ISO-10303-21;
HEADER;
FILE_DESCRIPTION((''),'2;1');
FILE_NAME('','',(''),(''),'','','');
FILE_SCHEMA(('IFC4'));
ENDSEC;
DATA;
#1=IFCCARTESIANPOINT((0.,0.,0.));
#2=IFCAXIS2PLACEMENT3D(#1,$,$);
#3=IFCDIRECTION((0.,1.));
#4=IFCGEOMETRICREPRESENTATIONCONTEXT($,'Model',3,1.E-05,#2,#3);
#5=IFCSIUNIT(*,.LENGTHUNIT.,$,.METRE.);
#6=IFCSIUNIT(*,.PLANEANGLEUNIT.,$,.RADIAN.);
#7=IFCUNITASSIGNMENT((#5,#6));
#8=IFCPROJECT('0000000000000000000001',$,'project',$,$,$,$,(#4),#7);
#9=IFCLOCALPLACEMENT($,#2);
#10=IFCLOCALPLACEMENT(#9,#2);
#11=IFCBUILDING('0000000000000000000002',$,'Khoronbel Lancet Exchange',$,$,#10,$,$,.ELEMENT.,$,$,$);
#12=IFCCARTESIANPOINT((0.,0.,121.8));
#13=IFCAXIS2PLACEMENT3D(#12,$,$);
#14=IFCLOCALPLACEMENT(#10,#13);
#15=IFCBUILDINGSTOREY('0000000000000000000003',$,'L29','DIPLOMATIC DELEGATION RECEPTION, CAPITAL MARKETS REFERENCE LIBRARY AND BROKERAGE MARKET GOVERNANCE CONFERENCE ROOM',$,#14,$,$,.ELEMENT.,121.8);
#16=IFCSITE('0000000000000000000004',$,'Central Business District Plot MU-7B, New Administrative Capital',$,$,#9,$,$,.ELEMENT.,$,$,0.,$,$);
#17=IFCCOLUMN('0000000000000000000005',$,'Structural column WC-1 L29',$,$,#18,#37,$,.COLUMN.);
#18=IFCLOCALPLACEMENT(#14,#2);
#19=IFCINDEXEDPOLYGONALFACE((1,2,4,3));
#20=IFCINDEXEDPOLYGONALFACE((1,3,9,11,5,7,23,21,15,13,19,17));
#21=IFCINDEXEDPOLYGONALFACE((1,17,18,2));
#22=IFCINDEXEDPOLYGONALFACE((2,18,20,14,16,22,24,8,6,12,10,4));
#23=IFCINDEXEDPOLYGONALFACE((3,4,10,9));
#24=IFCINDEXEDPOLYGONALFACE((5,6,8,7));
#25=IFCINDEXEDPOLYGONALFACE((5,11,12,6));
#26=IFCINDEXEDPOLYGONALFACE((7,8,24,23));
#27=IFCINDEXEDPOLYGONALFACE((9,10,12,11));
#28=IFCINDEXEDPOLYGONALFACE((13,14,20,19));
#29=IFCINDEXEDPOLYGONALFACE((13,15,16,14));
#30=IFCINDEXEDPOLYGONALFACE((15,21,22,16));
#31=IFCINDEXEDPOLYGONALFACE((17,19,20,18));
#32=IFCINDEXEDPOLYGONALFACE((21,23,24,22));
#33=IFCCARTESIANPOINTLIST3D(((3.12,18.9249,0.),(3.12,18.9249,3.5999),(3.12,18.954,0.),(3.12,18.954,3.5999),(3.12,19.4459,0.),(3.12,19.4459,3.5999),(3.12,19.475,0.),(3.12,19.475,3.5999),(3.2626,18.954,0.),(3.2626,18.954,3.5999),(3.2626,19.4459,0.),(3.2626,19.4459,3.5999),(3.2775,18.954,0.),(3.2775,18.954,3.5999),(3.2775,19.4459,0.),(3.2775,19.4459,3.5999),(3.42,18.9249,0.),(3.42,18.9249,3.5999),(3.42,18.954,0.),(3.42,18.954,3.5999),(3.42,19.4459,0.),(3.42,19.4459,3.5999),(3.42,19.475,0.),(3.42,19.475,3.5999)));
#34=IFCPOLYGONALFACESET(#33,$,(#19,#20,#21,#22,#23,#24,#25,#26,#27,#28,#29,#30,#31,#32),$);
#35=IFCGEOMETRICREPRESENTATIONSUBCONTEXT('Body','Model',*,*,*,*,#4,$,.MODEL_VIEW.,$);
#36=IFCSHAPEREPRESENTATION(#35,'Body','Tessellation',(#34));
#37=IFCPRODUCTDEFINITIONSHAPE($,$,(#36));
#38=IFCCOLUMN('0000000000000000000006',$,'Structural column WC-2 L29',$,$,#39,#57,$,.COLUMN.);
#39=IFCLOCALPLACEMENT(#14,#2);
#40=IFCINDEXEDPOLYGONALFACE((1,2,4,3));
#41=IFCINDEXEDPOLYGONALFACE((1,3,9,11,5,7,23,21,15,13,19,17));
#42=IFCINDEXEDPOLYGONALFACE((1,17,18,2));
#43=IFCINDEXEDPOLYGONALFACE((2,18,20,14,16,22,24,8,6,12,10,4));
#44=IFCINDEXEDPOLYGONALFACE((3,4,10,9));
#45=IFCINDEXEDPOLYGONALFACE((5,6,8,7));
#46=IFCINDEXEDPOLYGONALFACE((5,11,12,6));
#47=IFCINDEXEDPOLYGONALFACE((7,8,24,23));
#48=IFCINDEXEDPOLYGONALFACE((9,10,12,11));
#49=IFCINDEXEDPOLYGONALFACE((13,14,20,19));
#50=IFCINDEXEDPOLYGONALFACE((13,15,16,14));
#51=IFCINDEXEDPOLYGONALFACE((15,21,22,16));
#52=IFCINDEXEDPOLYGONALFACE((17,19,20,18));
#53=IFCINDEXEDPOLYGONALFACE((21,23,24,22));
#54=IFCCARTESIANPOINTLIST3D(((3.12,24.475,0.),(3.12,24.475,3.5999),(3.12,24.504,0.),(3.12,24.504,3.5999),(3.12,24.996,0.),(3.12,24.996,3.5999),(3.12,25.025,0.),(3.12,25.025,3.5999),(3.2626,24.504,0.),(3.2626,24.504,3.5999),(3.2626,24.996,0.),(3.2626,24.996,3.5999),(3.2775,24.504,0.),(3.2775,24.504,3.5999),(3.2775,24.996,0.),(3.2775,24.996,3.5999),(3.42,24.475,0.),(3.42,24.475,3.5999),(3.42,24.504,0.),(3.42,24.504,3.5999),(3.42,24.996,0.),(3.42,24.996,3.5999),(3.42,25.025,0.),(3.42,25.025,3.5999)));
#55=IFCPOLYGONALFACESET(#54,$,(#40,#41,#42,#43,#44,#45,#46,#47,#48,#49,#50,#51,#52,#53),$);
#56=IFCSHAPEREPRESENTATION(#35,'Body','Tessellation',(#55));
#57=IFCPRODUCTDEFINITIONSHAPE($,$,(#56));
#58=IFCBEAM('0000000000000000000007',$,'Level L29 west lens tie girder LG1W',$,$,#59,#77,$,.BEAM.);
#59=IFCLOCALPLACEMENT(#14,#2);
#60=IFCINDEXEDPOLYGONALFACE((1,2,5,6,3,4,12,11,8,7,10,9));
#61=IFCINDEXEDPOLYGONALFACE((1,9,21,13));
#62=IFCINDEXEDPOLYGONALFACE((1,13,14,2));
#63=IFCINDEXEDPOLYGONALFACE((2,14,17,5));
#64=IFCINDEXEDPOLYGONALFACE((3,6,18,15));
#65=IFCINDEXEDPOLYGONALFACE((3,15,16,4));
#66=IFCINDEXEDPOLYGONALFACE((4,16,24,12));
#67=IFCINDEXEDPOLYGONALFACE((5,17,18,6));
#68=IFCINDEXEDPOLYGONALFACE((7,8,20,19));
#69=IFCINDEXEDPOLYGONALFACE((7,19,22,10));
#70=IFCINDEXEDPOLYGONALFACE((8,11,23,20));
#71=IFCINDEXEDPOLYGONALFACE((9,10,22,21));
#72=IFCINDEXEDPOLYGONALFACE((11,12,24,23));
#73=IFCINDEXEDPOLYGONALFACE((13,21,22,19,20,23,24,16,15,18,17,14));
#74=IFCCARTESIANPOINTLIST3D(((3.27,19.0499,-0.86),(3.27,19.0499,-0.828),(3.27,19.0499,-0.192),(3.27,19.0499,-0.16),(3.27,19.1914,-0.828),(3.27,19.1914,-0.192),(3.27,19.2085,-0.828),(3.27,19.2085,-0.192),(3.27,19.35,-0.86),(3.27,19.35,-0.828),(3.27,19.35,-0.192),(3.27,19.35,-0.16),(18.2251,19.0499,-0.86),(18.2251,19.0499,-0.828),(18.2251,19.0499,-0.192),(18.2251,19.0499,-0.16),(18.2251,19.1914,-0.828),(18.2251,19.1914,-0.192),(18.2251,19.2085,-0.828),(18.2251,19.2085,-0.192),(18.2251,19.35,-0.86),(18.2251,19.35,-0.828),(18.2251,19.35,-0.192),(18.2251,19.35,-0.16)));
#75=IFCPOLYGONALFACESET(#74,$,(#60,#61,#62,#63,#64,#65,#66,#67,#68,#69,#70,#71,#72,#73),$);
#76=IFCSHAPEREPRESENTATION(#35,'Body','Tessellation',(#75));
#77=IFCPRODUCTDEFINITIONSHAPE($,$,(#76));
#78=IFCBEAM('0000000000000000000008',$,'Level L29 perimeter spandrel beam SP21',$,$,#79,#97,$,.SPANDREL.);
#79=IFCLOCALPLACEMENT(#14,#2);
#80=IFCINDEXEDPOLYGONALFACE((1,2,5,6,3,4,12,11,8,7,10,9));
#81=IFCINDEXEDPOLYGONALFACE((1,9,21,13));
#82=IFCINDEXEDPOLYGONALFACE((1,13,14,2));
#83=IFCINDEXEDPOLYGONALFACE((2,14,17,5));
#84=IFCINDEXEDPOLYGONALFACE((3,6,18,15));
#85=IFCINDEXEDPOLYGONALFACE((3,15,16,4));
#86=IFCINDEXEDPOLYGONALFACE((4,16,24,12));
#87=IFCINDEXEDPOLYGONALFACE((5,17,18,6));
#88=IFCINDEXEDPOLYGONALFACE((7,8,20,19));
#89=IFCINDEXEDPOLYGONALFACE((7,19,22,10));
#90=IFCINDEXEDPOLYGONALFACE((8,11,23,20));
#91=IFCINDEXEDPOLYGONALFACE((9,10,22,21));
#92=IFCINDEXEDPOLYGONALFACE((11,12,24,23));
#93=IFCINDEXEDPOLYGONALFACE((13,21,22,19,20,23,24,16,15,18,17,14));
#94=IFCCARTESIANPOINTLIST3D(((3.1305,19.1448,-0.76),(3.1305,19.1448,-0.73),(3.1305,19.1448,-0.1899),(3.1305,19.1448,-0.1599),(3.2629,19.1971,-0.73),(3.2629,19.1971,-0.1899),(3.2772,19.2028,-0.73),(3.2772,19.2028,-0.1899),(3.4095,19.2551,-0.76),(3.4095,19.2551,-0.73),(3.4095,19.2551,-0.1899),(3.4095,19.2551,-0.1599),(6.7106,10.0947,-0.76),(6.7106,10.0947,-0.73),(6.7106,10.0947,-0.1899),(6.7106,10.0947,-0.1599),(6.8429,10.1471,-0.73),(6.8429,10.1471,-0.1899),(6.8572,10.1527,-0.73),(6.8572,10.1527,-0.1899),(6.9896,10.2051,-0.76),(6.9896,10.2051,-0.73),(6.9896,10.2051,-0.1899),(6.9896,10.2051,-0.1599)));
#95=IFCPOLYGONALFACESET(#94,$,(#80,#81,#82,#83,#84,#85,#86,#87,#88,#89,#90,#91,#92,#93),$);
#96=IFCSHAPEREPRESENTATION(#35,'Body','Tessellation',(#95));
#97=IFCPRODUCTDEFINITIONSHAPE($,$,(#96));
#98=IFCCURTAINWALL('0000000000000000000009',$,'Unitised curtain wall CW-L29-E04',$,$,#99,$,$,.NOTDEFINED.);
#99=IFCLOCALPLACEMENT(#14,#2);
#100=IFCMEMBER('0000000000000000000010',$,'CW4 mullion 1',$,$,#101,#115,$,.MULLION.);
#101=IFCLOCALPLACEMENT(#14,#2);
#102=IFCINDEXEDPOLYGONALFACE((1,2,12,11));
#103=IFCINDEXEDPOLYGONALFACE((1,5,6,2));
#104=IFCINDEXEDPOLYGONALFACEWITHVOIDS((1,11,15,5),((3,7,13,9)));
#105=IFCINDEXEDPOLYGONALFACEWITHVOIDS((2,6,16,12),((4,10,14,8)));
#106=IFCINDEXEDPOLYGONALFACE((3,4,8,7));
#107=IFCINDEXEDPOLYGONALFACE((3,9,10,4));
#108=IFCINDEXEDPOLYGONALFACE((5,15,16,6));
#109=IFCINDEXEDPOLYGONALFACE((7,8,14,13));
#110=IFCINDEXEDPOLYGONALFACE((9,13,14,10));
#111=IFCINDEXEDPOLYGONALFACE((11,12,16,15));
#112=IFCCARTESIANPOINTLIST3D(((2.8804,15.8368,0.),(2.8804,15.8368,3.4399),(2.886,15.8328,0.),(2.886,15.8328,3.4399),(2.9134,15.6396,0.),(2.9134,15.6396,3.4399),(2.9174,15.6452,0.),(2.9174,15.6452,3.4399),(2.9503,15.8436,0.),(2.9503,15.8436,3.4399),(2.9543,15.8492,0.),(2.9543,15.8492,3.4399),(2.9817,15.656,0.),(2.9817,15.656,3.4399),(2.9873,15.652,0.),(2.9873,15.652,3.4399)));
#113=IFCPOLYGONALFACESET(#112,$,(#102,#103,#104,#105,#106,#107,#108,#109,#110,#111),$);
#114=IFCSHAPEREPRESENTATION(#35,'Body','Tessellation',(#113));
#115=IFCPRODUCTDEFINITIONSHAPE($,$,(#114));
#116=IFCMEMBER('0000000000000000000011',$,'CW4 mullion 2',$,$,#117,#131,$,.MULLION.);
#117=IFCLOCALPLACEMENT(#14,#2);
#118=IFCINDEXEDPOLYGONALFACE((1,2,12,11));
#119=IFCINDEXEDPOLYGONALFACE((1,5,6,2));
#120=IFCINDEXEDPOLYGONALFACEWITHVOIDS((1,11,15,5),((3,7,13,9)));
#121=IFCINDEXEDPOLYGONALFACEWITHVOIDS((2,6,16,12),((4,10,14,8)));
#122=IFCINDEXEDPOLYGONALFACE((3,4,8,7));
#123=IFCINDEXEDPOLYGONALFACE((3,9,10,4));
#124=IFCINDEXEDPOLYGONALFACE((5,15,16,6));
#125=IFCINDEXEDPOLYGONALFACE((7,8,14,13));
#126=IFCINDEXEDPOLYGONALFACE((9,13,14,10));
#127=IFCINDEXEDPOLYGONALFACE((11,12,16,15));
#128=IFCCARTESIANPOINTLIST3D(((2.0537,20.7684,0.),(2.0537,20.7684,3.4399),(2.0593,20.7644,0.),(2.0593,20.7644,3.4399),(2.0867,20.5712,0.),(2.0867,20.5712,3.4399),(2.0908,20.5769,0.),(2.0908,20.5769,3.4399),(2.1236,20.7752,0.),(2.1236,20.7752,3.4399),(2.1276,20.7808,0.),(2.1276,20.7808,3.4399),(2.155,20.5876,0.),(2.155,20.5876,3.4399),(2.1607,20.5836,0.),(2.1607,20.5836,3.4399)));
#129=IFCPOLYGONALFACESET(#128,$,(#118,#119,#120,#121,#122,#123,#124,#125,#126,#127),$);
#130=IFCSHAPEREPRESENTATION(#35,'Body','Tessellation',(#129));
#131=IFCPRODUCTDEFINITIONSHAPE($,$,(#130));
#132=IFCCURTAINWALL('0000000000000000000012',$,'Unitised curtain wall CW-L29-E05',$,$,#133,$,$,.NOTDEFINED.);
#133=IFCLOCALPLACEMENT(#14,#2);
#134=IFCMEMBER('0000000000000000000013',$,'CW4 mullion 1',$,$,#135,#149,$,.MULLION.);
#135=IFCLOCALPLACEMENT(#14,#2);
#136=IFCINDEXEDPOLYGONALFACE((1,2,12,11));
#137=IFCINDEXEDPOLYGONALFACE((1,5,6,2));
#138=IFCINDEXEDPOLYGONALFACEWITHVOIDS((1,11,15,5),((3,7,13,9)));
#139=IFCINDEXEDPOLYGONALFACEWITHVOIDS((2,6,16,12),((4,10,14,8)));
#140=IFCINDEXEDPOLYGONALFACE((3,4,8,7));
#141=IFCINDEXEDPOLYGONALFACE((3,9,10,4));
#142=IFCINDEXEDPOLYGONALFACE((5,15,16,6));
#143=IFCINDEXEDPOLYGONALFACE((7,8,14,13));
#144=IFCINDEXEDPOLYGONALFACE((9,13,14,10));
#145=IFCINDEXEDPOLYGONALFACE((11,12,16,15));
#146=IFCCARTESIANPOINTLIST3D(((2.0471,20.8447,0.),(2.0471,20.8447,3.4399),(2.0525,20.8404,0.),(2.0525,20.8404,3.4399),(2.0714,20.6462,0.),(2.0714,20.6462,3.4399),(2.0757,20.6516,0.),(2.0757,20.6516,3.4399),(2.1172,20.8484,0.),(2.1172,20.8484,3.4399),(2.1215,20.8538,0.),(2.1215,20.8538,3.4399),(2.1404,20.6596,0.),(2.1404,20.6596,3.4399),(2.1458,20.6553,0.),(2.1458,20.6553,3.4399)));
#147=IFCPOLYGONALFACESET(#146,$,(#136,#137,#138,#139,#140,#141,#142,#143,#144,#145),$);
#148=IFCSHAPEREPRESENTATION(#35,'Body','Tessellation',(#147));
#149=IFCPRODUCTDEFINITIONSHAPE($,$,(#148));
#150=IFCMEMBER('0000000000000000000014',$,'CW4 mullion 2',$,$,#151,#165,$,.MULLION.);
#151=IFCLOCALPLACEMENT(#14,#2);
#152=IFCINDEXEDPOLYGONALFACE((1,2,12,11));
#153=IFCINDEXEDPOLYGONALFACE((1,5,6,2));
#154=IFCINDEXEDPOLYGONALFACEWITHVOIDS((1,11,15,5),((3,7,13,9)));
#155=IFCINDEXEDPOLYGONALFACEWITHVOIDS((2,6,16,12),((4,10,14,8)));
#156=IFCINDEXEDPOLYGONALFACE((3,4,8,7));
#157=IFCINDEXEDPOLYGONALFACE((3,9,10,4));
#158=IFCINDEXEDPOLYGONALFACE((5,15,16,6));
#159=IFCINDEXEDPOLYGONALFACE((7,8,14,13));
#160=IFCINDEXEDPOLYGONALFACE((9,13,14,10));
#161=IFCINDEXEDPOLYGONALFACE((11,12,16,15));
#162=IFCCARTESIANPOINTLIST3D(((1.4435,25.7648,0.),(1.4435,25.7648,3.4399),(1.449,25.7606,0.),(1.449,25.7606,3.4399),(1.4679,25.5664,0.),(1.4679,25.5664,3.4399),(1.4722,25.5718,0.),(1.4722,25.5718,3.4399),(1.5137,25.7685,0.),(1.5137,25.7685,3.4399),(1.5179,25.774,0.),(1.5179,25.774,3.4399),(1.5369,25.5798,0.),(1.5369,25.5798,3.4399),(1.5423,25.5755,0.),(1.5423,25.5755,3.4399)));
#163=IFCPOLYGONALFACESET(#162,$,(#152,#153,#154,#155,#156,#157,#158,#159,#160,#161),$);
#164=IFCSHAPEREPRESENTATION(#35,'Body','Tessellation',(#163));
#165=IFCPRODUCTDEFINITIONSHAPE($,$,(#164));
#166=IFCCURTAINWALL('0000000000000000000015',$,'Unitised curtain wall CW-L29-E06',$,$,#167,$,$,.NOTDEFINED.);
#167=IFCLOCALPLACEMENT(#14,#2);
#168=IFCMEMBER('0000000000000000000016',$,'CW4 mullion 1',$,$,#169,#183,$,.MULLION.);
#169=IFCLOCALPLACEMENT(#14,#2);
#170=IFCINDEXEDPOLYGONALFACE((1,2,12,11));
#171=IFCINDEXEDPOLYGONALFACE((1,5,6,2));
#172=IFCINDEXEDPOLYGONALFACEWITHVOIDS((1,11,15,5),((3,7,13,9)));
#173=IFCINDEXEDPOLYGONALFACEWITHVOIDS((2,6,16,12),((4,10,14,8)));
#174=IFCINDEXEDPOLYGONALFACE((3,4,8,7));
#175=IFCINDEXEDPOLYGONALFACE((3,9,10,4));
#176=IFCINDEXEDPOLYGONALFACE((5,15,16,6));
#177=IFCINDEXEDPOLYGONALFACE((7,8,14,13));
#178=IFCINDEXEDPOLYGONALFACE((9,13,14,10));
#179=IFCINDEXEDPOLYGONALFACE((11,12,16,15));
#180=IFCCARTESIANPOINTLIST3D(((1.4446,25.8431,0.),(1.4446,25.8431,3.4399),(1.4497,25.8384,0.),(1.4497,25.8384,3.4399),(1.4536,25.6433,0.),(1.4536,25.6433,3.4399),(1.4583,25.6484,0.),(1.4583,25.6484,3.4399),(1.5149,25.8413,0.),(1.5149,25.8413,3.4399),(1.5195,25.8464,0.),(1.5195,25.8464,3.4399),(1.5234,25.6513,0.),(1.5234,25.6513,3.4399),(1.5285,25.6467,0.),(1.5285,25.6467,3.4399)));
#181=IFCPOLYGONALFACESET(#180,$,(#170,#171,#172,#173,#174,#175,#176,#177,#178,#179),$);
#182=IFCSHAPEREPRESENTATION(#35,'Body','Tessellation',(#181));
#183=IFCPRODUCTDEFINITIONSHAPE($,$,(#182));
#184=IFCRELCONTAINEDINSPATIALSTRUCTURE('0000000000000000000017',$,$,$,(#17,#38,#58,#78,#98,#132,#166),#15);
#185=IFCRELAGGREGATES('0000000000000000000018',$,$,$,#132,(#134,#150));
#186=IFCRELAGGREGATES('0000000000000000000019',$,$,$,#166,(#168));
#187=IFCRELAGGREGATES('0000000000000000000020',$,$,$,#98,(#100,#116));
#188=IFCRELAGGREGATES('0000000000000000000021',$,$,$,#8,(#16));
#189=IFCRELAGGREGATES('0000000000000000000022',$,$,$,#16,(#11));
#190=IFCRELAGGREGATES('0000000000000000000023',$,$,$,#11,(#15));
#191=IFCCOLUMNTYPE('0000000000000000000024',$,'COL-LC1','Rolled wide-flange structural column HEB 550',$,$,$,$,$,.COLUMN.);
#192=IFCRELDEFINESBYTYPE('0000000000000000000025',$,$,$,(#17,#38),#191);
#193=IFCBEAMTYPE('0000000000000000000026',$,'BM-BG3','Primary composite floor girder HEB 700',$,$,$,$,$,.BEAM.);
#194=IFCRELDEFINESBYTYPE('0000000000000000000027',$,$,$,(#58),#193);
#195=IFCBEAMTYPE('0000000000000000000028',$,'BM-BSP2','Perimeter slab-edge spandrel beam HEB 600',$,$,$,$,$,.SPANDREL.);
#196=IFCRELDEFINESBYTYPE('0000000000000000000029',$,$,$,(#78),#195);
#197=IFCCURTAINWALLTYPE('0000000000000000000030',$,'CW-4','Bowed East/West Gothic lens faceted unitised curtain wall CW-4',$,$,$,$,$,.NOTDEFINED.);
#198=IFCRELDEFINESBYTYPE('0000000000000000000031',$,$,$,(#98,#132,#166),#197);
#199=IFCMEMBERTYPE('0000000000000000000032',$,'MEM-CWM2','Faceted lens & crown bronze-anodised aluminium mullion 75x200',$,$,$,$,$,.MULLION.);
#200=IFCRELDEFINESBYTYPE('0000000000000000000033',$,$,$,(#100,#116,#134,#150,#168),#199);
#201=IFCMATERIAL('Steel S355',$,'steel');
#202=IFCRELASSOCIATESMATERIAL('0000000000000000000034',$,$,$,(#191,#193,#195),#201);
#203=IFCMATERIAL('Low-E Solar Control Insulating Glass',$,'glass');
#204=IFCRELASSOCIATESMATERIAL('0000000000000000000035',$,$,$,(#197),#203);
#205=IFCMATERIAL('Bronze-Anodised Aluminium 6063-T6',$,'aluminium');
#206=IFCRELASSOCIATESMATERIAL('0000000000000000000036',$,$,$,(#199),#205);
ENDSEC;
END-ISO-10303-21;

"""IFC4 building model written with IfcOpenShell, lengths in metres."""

from ifc_helpers import new_model, si_unit, direction, frame, origin, origin_2d, place, context, subcontext, project, spatial, hollow_rectangle, i_section, extrude, material, material_profile, profile_set, type_object, element, aggregate, save


model = new_model("IFC4")

# Units and contexts
model_context = context("Model", 3, precision=1e-05, world=origin(), true_north=direction((0.0, 1.0)))
body_context = subcontext(model_context, "Body", "Model", "MODEL_VIEW")
ifc_project = project(units=[si_unit("LENGTHUNIT", "METRE"), si_unit("PLANEANGLEUNIT", "RADIAN")], contexts=[model_context])

# Site, building, storey
site_placement = place(None, origin())
site = spatial("IfcSite", under=ifc_project, at=site_placement, Name="Central Business District Plot MU-7B, New Administrative Capital", CompositionType="ELEMENT", RefElevation=0.0)
building_placement = place(site_placement, origin())
building = spatial("IfcBuilding", under=site, at=building_placement, Name="Khoronbel Lancet Exchange", CompositionType="ELEMENT")
storey_placement = place(building_placement, frame((0.0, 0.0, 121.8)))
storey = spatial("IfcBuildingStorey", under=building, at=storey_placement, Name="L29", Description="DIPLOMATIC DELEGATION RECEPTION, CAPITAL MARKETS REFERENCE LIBRARY AND BROKERAGE MARKET GOVERNANCE CONFERENCE ROOM", CompositionType="ELEMENT", Elevation=121.8)

# Columns
ifc_material_1 = material(Name="Steel S355", Category="steel")
ifc_material_profile_1 = material_profile(ifc_material_1, i_section(OverallWidth=0.3, OverallDepth=0.55, WebThickness=0.0149, FlangeThickness=0.0291, at=origin_2d()), Name="HEB 550")
ifc_profile_set_1 = profile_set([ifc_material_profile_1], Name="Steel S355")
column_type = type_object("IfcColumnType", Name="COL-LC1", Description="Rolled wide-flange structural column HEB 550", PredefinedType="COLUMN", material=ifc_profile_set_1)
for number, where, z_axis, x_axis, name in (
    (1, (3.27, 19.2, 0.0), (0.0, 0.0, 1.0), (1.0, 0.0, 0.0), "Structural column WC-1 L29"),
    (2, (3.27, 24.75, 0.0), (0.0, 0.0, 1.0), (1.0, 0.0, 0.0), "Structural column WC-2 L29"),
):
    element("IfcColumn", number, at=place(storey_placement, frame(where, z_axis=z_axis, x_axis=x_axis)), inside=storey, type_object=column_type, Name=name, PredefinedType="COLUMN", context=body_context, shape_type="SweptSolid", body=[
        extrude(i_section(OverallWidth=0.3, OverallDepth=0.55, WebThickness=0.0149, FlangeThickness=0.0291, at=origin_2d()), origin(), (0.0, 0.0, 1.0), 3.5999),
    ])

# Beams
ifc_material_profile_2 = material_profile(ifc_material_1, i_section(OverallWidth=0.3, OverallDepth=0.7, WebThickness=0.0171, FlangeThickness=0.032, at=origin_2d()), Name="HEB 700")
ifc_profile_set_2 = profile_set([ifc_material_profile_2], Name="Steel S355")
beam_type_1 = type_object("IfcBeamType", Name="BM-BG3", Description="Primary composite floor girder HEB 700", PredefinedType="BEAM", material=ifc_profile_set_2)
beam_1_placement = place(storey_placement, frame((3.27, 19.2, -0.51), z_axis=(1.0, 0.0, 0.0), x_axis=(0.0, 1.0, 0.0)))
element("IfcBeam", 3, at=beam_1_placement, inside=storey, type_object=beam_type_1, Name="Level L29 west lens tie girder LG1W", PredefinedType="BEAM", context=body_context, shape_type="SweptSolid", body=[
    extrude(i_section(OverallWidth=0.3, OverallDepth=0.7, WebThickness=0.0171, FlangeThickness=0.032, at=origin_2d()), origin(), (0.0, 0.0, 1.0), 14.9551),
])
ifc_material_profile_3 = material_profile(ifc_material_1, i_section(OverallWidth=0.3, OverallDepth=0.6001, WebThickness=0.0154, FlangeThickness=0.03, at=origin_2d()), Name="HEB 600")
ifc_profile_set_3 = profile_set([ifc_material_profile_3], Name="Steel S355")
beam_type_2 = type_object("IfcBeamType", Name="BM-BSP2", Description="Perimeter slab-edge spandrel beam HEB 600", PredefinedType="SPANDREL", material=ifc_profile_set_3)
beam_2_placement = place(storey_placement, frame((3.27, 19.2, -0.46), z_axis=(0.36785, -0.929885, 0.0), x_axis=(0.929885, 0.36785, 0.0)))
element("IfcBeam", 4, at=beam_2_placement, inside=storey, type_object=beam_type_2, Name="Level L29 perimeter spandrel beam SP21", PredefinedType="SPANDREL", context=body_context, shape_type="SweptSolid", body=[
    extrude(i_section(OverallWidth=0.3, OverallDepth=0.6001, WebThickness=0.0154, FlangeThickness=0.03, at=origin_2d()), origin(), (0.0, 0.0, 1.0), 9.7324),
])

# Curtain walls, members
ifc_material_2 = material(Name="Low-E Solar Control Insulating Glass", Category="glass")
curtain_wall_type = type_object("IfcCurtainWallType", Name="CW-4", Description="Bowed East/West Gothic lens faceted unitised curtain wall CW-4", PredefinedType="NOTDEFINED", material=ifc_material_2)
curtain_wall_1_placement = place(storey_placement, origin())
curtain_wall_1 = element("IfcCurtainWall", 5, at=curtain_wall_1_placement, inside=storey, type_object=curtain_wall_type, Name="Unitised curtain wall CW-L29-E04", PredefinedType="NOTDEFINED")
ifc_material_3 = material(Name="Bronze-Anodised Aluminium 6063-T6", Category="aluminium")
ifc_material_profile_4 = material_profile(ifc_material_3, hollow_rectangle(XDim=0.075, YDim=0.2, WallThickness=0.0049, at=origin_2d()), Name="ALU MULLION 75x200")
ifc_profile_set_4 = profile_set([ifc_material_profile_4], Name="Bronze-Anodised Aluminium 6063-T6")
member_type_1 = type_object("IfcMemberType", Name="MEM-CWM2", Description="Faceted lens & crown bronze-anodised aluminium mullion 75x200", PredefinedType="MULLION", material=ifc_profile_set_4)
member_1_placement = place(storey_placement, frame((2.9338, 15.7444, 0.0), z_axis=(0.0, 0.0, 1.0), x_axis=(-0.986244, -0.165294, 0.0)))
member_1 = element("IfcMember", 6, at=member_1_placement, type_object=member_type_1, Name="CW4 mullion 1", PredefinedType="MULLION", context=body_context, shape_type="SweptSolid", body=[
    extrude(hollow_rectangle(XDim=0.075, YDim=0.2, WallThickness=0.0049, at=origin_2d()), origin(), (0.0, 0.0, 1.0), 3.4399),
])
member_2_placement = place(storey_placement, frame((2.1072, 20.676, 0.0), z_axis=(0.0, 0.0, 1.0), x_axis=(-0.986244, -0.165294, 0.0)))
member_2 = element("IfcMember", 7, at=member_2_placement, type_object=member_type_1, Name="CW4 mullion 2", PredefinedType="MULLION", context=body_context, shape_type="SweptSolid", body=[
    extrude(hollow_rectangle(XDim=0.075, YDim=0.2, WallThickness=0.0049, at=origin_2d()), origin(), (0.0, 0.0, 1.0), 3.4399),
])
curtain_wall_2_placement = place(storey_placement, origin())
curtain_wall_2 = element("IfcCurtainWall", 8, at=curtain_wall_2_placement, inside=storey, type_object=curtain_wall_type, Name="Unitised curtain wall CW-L29-E05", PredefinedType="NOTDEFINED")
member_3_placement = place(storey_placement, frame((2.0964, 20.75, 0.0), z_axis=(0.0, 0.0, 1.0), x_axis=(-0.992557, -0.121779, 0.0)))
member_3 = element("IfcMember", 9, at=member_3_placement, type_object=member_type_1, Name="CW4 mullion 1", PredefinedType="MULLION", context=body_context, shape_type="SweptSolid", body=[
    extrude(hollow_rectangle(XDim=0.075, YDim=0.2, WallThickness=0.0049, at=origin_2d()), origin(), (0.0, 0.0, 1.0), 3.4399),
])
member_4_placement = place(storey_placement, frame((1.4929, 25.6702, 0.0), z_axis=(0.0, 0.0, 1.0), x_axis=(-0.992557, -0.121779, 0.0)))
member_4 = element("IfcMember", 10, at=member_4_placement, type_object=member_type_1, Name="CW4 mullion 2", PredefinedType="MULLION", context=body_context, shape_type="SweptSolid", body=[
    extrude(hollow_rectangle(XDim=0.075, YDim=0.2, WallThickness=0.0049, at=origin_2d()), origin(), (0.0, 0.0, 1.0), 3.4399),
])
curtain_wall_3_placement = place(storey_placement, origin())
curtain_wall_3 = element("IfcCurtainWall", 11, at=curtain_wall_3_placement, inside=storey, type_object=curtain_wall_type, Name="Unitised curtain wall CW-L29-E06", PredefinedType="NOTDEFINED")
member_5_placement = place(storey_placement, frame((1.4866, 25.7449, 0.0), z_axis=(0.0, 0.0, 1.0), x_axis=(-0.998993, -0.044862, 0.0)))
member_5 = element("IfcMember", 12, at=member_5_placement, type_object=member_type_1, Name="CW4 mullion 1", PredefinedType="MULLION", context=body_context, shape_type="SweptSolid", body=[
    extrude(hollow_rectangle(XDim=0.075, YDim=0.2, WallThickness=0.0049, at=origin_2d()), origin(), (0.0, 0.0, 1.0), 3.4399),
])

aggregate(curtain_wall_2, [member_3, member_4])
aggregate(curtain_wall_3, [member_5])
aggregate(curtain_wall_1, [member_1, member_2])

save(model, "model.ifc")
